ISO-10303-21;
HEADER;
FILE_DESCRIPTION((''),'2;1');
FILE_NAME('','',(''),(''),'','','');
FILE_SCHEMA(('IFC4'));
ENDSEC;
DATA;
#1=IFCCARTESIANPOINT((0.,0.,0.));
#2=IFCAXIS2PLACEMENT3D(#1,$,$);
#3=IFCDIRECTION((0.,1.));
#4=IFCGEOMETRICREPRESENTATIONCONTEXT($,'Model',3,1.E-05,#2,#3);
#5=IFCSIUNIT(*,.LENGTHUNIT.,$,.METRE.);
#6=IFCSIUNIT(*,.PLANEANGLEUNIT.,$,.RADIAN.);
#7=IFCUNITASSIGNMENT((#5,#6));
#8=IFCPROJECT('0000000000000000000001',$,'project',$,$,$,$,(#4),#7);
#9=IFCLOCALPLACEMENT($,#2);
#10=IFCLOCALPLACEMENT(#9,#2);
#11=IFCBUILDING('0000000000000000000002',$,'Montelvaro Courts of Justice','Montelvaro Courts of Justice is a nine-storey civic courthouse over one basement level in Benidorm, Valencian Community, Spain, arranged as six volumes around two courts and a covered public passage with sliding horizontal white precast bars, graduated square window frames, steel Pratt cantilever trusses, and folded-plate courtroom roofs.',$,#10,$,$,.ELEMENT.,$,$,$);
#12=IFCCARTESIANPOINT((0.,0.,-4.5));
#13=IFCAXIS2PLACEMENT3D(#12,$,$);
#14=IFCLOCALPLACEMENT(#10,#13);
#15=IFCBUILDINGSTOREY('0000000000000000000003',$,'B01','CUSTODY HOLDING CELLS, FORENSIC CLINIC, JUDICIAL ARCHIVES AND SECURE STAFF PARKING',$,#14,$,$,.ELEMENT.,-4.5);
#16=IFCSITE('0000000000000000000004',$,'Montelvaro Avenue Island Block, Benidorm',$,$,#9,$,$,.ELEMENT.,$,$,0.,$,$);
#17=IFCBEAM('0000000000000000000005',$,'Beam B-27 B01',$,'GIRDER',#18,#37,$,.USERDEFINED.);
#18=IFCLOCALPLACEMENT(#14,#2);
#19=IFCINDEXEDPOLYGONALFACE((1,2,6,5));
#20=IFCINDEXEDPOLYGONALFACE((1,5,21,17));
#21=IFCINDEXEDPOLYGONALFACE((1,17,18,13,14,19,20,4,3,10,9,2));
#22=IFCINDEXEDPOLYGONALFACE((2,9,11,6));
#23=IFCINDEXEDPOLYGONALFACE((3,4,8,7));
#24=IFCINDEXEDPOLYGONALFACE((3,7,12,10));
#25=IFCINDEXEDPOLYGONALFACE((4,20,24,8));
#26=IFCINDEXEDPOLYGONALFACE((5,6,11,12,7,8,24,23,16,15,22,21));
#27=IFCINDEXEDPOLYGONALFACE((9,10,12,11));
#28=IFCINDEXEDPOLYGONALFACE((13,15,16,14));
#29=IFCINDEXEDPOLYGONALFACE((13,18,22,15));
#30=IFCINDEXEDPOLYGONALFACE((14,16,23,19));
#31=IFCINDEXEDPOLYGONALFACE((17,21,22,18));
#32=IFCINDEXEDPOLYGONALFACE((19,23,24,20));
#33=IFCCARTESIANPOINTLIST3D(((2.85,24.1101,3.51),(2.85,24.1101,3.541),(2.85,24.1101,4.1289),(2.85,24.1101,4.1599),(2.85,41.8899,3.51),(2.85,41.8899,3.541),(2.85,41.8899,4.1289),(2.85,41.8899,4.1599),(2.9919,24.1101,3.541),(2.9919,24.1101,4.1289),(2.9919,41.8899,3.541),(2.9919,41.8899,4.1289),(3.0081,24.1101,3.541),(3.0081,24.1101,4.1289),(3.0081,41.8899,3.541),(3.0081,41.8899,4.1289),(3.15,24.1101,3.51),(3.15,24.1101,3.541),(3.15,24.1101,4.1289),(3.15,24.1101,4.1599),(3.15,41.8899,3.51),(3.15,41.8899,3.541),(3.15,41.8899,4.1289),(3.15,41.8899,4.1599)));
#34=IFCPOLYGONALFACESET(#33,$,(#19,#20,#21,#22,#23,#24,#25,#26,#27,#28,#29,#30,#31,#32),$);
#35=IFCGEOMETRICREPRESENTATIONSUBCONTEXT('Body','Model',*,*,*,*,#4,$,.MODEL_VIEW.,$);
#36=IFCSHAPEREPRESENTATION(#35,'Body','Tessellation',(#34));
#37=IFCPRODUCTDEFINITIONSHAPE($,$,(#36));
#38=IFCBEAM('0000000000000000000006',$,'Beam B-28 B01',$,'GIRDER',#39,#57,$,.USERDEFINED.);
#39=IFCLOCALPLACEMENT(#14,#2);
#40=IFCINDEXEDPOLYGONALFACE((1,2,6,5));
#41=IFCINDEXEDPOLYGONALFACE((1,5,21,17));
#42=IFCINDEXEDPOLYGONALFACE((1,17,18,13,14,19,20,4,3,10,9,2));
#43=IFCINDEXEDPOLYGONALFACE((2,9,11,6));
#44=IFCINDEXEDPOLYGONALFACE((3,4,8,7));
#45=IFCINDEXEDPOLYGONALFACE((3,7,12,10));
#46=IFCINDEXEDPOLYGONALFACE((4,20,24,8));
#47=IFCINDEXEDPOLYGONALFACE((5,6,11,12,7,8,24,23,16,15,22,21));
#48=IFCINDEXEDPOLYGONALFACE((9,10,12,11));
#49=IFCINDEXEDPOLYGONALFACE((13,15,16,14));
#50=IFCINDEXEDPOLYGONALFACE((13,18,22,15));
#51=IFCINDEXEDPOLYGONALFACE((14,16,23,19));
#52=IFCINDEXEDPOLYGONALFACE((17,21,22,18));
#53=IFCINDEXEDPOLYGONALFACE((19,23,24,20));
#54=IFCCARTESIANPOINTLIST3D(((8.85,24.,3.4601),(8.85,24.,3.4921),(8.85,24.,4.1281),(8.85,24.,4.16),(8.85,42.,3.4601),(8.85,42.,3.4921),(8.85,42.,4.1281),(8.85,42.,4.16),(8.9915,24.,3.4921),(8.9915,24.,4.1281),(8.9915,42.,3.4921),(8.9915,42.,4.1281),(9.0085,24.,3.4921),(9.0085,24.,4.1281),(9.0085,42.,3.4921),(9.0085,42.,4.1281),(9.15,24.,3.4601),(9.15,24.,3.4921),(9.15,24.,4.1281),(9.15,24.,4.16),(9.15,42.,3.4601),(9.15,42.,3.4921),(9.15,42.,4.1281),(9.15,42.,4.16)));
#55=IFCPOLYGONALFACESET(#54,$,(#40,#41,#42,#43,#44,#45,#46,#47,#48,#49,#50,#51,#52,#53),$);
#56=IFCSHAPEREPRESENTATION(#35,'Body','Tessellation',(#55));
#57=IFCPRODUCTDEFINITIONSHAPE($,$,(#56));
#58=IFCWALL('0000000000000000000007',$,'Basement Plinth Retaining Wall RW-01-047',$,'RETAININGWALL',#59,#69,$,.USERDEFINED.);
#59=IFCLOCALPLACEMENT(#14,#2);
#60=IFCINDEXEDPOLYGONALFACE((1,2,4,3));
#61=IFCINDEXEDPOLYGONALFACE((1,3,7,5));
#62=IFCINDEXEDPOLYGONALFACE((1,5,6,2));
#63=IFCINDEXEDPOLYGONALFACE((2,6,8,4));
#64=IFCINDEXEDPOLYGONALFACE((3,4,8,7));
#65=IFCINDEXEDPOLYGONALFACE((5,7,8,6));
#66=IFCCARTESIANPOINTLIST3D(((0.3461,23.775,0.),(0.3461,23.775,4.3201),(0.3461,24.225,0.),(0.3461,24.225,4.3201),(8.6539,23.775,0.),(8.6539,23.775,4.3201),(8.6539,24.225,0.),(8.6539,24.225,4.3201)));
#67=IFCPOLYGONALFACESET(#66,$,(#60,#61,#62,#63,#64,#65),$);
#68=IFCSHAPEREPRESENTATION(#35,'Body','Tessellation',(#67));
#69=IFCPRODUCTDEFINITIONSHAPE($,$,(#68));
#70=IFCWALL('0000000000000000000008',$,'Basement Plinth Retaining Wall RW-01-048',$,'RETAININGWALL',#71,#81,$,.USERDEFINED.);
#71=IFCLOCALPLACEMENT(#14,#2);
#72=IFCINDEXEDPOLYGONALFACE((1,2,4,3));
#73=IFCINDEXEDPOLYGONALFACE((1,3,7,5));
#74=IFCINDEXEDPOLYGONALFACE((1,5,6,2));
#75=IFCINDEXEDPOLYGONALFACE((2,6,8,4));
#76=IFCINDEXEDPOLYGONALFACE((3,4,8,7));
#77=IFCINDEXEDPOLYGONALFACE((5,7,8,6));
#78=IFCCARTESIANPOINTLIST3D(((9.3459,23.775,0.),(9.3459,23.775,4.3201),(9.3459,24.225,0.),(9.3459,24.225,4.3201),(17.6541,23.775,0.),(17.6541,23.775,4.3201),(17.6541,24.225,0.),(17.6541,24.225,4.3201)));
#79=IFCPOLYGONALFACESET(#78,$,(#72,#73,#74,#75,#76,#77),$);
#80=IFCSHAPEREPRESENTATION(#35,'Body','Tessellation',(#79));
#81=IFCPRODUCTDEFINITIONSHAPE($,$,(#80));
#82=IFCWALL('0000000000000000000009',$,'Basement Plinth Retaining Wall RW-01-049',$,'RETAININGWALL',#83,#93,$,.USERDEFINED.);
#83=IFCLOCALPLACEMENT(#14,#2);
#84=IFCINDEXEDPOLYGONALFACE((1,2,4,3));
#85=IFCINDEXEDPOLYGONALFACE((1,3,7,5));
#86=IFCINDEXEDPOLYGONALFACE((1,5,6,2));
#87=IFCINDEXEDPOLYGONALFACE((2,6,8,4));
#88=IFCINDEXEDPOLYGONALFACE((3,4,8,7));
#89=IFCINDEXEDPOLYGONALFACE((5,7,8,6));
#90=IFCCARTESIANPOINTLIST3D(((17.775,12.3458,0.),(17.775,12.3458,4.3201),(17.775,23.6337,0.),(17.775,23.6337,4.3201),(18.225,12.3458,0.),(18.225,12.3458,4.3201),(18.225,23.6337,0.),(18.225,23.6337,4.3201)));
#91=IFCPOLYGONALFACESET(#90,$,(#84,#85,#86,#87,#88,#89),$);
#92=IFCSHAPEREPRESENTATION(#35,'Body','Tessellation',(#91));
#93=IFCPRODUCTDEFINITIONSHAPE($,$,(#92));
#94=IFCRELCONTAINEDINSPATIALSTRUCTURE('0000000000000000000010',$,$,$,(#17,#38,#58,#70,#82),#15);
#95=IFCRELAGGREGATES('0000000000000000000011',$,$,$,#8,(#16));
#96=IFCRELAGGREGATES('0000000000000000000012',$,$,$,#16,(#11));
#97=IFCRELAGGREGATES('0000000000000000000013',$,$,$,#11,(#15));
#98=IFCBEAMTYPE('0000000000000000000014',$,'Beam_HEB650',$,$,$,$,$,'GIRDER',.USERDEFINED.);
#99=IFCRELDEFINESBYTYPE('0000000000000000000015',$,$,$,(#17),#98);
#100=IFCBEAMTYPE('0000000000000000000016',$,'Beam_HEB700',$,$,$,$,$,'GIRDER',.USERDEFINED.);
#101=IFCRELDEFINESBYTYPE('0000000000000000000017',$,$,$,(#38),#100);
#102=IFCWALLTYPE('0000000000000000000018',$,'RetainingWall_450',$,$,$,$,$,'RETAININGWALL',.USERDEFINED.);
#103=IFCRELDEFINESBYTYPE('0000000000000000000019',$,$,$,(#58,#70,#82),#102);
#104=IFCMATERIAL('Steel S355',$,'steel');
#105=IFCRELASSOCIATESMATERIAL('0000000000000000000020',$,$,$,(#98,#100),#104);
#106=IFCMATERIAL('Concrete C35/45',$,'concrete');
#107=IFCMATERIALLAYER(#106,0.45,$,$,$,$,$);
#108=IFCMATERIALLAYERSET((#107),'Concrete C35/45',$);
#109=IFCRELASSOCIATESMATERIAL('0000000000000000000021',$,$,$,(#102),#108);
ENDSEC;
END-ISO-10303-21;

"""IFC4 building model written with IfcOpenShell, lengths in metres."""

from ifc_helpers import new_model, si_unit, direction, frame, frame_2d, origin, origin_2d, place, context, subcontext, project, spatial, rectangle, i_section, extrude, material, layer, layer_set, material_profile, profile_set, type_object, element, save


model = new_model("IFC4")

# Units and contexts
model_context = context("Model", 3, precision=1e-05, world=origin(), true_north=direction((0.0, 1.0)))
body_context = subcontext(model_context, "Body", "Model", "MODEL_VIEW")
ifc_project = project(units=[si_unit("LENGTHUNIT", "METRE"), si_unit("PLANEANGLEUNIT", "RADIAN")], contexts=[model_context])

# Site, building, storey
site_placement = place(None, origin())
site = spatial("IfcSite", under=ifc_project, at=site_placement, Name="Montelvaro Avenue Island Block, Benidorm", CompositionType="ELEMENT", RefElevation=0.0)
building_placement = place(site_placement, origin())
building = spatial("IfcBuilding", under=site, at=building_placement, Name="Montelvaro Courts of Justice", Description="Montelvaro Courts of Justice is a nine-storey civic courthouse over one basement level in Benidorm, Valencian Community, Spain, arranged as six volumes around two courts and a covered public passage with sliding horizontal white precast bars, graduated square window frames, steel Pratt cantilever trusses, and folded-plate courtroom roofs.", CompositionType="ELEMENT")
storey_placement = place(building_placement, frame((0.0, 0.0, -4.5)))
storey = spatial("IfcBuildingStorey", under=building, at=storey_placement, Name="B01", Description="CUSTODY HOLDING CELLS, FORENSIC CLINIC, JUDICIAL ARCHIVES AND SECURE STAFF PARKING", CompositionType="ELEMENT", Elevation=-4.5)

# Shared definitions
ifc_material_1 = material(Name="Concrete C35/45", Category="concrete")

# Beams
ifc_material_2 = material(Name="Steel S355", Category="steel")
ifc_material_profile_1 = material_profile(ifc_material_2, i_section(OverallWidth=0.3, OverallDepth=0.6499, WebThickness=0.0161, FlangeThickness=0.031, at=origin_2d()), Name="HEB 650")
ifc_profile_set_1 = profile_set([ifc_material_profile_1], Name="Steel S355")
beam_type_1 = type_object("IfcBeamType", Name="Beam_HEB650", ElementType="GIRDER", PredefinedType="USERDEFINED", material=ifc_profile_set_1)
beam_1_placement = place(storey_placement, frame((3.0, 24.1101, 3.835), z_axis=(0.0, 1.0, 0.0), x_axis=(-1.0, 0.0, 0.0)))
element("IfcBeam", 1, at=beam_1_placement, inside=storey, type_object=beam_type_1, Name="Beam B-27 B01", ObjectType="GIRDER", PredefinedType="USERDEFINED", context=body_context, shape_type="SweptSolid", body=[
    extrude(i_section(OverallWidth=0.3, OverallDepth=0.6499, WebThickness=0.0161, FlangeThickness=0.031, at=origin_2d()), origin(), (0.0, 0.0, 1.0), 17.7798),
])
ifc_material_profile_2 = material_profile(ifc_material_2, i_section(OverallWidth=0.3, OverallDepth=0.7, WebThickness=0.0171, FlangeThickness=0.032, at=origin_2d()), Name="HEB 700")
ifc_profile_set_2 = profile_set([ifc_material_profile_2], Name="Steel S355")
beam_type_2 = type_object("IfcBeamType", Name="Beam_HEB700", ElementType="GIRDER", PredefinedType="USERDEFINED", material=ifc_profile_set_2)
beam_2_placement = place(storey_placement, frame((9.0, 24.0, 3.8101), z_axis=(0.0, 1.0, 0.0), x_axis=(-1.0, 0.0, 0.0)))
element("IfcBeam", 2, at=beam_2_placement, inside=storey, type_object=beam_type_2, Name="Beam B-28 B01", ObjectType="GIRDER", PredefinedType="USERDEFINED", context=body_context, shape_type="SweptSolid", body=[
    extrude(i_section(OverallWidth=0.3, OverallDepth=0.7, WebThickness=0.0171, FlangeThickness=0.032, at=origin_2d()), origin(), (0.0, 0.0, 1.0), 18.0),
])

# Walls
ifc_layer = layer(ifc_material_1, 0.45)
ifc_layer_set = layer_set([ifc_layer], Name="Concrete C35/45")
wall_type = type_object("IfcWallType", Name="RetainingWall_450", ElementType="RETAININGWALL", PredefinedType="USERDEFINED", material=ifc_layer_set)
wall_1_placement = place(storey_placement, frame((0.3462, 24.0, 0.0), z_axis=(0.0, 0.0, 1.0), x_axis=(1.0, 0.0, 0.0)))
element("IfcWall", 3, at=wall_1_placement, inside=storey, type_object=wall_type, Name="Basement Plinth Retaining Wall RW-01-047", ObjectType="RETAININGWALL", PredefinedType="USERDEFINED", context=body_context, shape_type="SweptSolid", body=[
    extrude(rectangle(XDim=8.3079, YDim=0.45, at=frame_2d((4.1538, 0.0))), origin(), (0.0, 0.0, 1.0), 4.3201),
])
wall_2_placement = place(storey_placement, frame((9.3459, 24.0, 0.0), z_axis=(0.0, 0.0, 1.0), x_axis=(1.0, 0.0, 0.0)))
element("IfcWall", 4, at=wall_2_placement, inside=storey, type_object=wall_type, Name="Basement Plinth Retaining Wall RW-01-048", ObjectType="RETAININGWALL", PredefinedType="USERDEFINED", context=body_context, shape_type="SweptSolid", body=[
    extrude(rectangle(XDim=8.3081, YDim=0.45, at=frame_2d((4.1541, 0.0))), origin(), (0.0, 0.0, 1.0), 4.3201),
])
wall_3_placement = place(storey_placement, frame((18.0, 23.6338, 0.0), z_axis=(0.0, 0.0, 1.0), x_axis=(0.0, -1.0, 0.0)))
element("IfcWall", 5, at=wall_3_placement, inside=storey, type_object=wall_type, Name="Basement Plinth Retaining Wall RW-01-049", ObjectType="RETAININGWALL", PredefinedType="USERDEFINED", context=body_context, shape_type="SweptSolid", body=[
    extrude(rectangle(XDim=11.2878, YDim=0.45, at=frame_2d((5.644, 0.0))), origin(), (0.0, 0.0, 1.0), 4.3201),
])

save(model, "model.ifc")
